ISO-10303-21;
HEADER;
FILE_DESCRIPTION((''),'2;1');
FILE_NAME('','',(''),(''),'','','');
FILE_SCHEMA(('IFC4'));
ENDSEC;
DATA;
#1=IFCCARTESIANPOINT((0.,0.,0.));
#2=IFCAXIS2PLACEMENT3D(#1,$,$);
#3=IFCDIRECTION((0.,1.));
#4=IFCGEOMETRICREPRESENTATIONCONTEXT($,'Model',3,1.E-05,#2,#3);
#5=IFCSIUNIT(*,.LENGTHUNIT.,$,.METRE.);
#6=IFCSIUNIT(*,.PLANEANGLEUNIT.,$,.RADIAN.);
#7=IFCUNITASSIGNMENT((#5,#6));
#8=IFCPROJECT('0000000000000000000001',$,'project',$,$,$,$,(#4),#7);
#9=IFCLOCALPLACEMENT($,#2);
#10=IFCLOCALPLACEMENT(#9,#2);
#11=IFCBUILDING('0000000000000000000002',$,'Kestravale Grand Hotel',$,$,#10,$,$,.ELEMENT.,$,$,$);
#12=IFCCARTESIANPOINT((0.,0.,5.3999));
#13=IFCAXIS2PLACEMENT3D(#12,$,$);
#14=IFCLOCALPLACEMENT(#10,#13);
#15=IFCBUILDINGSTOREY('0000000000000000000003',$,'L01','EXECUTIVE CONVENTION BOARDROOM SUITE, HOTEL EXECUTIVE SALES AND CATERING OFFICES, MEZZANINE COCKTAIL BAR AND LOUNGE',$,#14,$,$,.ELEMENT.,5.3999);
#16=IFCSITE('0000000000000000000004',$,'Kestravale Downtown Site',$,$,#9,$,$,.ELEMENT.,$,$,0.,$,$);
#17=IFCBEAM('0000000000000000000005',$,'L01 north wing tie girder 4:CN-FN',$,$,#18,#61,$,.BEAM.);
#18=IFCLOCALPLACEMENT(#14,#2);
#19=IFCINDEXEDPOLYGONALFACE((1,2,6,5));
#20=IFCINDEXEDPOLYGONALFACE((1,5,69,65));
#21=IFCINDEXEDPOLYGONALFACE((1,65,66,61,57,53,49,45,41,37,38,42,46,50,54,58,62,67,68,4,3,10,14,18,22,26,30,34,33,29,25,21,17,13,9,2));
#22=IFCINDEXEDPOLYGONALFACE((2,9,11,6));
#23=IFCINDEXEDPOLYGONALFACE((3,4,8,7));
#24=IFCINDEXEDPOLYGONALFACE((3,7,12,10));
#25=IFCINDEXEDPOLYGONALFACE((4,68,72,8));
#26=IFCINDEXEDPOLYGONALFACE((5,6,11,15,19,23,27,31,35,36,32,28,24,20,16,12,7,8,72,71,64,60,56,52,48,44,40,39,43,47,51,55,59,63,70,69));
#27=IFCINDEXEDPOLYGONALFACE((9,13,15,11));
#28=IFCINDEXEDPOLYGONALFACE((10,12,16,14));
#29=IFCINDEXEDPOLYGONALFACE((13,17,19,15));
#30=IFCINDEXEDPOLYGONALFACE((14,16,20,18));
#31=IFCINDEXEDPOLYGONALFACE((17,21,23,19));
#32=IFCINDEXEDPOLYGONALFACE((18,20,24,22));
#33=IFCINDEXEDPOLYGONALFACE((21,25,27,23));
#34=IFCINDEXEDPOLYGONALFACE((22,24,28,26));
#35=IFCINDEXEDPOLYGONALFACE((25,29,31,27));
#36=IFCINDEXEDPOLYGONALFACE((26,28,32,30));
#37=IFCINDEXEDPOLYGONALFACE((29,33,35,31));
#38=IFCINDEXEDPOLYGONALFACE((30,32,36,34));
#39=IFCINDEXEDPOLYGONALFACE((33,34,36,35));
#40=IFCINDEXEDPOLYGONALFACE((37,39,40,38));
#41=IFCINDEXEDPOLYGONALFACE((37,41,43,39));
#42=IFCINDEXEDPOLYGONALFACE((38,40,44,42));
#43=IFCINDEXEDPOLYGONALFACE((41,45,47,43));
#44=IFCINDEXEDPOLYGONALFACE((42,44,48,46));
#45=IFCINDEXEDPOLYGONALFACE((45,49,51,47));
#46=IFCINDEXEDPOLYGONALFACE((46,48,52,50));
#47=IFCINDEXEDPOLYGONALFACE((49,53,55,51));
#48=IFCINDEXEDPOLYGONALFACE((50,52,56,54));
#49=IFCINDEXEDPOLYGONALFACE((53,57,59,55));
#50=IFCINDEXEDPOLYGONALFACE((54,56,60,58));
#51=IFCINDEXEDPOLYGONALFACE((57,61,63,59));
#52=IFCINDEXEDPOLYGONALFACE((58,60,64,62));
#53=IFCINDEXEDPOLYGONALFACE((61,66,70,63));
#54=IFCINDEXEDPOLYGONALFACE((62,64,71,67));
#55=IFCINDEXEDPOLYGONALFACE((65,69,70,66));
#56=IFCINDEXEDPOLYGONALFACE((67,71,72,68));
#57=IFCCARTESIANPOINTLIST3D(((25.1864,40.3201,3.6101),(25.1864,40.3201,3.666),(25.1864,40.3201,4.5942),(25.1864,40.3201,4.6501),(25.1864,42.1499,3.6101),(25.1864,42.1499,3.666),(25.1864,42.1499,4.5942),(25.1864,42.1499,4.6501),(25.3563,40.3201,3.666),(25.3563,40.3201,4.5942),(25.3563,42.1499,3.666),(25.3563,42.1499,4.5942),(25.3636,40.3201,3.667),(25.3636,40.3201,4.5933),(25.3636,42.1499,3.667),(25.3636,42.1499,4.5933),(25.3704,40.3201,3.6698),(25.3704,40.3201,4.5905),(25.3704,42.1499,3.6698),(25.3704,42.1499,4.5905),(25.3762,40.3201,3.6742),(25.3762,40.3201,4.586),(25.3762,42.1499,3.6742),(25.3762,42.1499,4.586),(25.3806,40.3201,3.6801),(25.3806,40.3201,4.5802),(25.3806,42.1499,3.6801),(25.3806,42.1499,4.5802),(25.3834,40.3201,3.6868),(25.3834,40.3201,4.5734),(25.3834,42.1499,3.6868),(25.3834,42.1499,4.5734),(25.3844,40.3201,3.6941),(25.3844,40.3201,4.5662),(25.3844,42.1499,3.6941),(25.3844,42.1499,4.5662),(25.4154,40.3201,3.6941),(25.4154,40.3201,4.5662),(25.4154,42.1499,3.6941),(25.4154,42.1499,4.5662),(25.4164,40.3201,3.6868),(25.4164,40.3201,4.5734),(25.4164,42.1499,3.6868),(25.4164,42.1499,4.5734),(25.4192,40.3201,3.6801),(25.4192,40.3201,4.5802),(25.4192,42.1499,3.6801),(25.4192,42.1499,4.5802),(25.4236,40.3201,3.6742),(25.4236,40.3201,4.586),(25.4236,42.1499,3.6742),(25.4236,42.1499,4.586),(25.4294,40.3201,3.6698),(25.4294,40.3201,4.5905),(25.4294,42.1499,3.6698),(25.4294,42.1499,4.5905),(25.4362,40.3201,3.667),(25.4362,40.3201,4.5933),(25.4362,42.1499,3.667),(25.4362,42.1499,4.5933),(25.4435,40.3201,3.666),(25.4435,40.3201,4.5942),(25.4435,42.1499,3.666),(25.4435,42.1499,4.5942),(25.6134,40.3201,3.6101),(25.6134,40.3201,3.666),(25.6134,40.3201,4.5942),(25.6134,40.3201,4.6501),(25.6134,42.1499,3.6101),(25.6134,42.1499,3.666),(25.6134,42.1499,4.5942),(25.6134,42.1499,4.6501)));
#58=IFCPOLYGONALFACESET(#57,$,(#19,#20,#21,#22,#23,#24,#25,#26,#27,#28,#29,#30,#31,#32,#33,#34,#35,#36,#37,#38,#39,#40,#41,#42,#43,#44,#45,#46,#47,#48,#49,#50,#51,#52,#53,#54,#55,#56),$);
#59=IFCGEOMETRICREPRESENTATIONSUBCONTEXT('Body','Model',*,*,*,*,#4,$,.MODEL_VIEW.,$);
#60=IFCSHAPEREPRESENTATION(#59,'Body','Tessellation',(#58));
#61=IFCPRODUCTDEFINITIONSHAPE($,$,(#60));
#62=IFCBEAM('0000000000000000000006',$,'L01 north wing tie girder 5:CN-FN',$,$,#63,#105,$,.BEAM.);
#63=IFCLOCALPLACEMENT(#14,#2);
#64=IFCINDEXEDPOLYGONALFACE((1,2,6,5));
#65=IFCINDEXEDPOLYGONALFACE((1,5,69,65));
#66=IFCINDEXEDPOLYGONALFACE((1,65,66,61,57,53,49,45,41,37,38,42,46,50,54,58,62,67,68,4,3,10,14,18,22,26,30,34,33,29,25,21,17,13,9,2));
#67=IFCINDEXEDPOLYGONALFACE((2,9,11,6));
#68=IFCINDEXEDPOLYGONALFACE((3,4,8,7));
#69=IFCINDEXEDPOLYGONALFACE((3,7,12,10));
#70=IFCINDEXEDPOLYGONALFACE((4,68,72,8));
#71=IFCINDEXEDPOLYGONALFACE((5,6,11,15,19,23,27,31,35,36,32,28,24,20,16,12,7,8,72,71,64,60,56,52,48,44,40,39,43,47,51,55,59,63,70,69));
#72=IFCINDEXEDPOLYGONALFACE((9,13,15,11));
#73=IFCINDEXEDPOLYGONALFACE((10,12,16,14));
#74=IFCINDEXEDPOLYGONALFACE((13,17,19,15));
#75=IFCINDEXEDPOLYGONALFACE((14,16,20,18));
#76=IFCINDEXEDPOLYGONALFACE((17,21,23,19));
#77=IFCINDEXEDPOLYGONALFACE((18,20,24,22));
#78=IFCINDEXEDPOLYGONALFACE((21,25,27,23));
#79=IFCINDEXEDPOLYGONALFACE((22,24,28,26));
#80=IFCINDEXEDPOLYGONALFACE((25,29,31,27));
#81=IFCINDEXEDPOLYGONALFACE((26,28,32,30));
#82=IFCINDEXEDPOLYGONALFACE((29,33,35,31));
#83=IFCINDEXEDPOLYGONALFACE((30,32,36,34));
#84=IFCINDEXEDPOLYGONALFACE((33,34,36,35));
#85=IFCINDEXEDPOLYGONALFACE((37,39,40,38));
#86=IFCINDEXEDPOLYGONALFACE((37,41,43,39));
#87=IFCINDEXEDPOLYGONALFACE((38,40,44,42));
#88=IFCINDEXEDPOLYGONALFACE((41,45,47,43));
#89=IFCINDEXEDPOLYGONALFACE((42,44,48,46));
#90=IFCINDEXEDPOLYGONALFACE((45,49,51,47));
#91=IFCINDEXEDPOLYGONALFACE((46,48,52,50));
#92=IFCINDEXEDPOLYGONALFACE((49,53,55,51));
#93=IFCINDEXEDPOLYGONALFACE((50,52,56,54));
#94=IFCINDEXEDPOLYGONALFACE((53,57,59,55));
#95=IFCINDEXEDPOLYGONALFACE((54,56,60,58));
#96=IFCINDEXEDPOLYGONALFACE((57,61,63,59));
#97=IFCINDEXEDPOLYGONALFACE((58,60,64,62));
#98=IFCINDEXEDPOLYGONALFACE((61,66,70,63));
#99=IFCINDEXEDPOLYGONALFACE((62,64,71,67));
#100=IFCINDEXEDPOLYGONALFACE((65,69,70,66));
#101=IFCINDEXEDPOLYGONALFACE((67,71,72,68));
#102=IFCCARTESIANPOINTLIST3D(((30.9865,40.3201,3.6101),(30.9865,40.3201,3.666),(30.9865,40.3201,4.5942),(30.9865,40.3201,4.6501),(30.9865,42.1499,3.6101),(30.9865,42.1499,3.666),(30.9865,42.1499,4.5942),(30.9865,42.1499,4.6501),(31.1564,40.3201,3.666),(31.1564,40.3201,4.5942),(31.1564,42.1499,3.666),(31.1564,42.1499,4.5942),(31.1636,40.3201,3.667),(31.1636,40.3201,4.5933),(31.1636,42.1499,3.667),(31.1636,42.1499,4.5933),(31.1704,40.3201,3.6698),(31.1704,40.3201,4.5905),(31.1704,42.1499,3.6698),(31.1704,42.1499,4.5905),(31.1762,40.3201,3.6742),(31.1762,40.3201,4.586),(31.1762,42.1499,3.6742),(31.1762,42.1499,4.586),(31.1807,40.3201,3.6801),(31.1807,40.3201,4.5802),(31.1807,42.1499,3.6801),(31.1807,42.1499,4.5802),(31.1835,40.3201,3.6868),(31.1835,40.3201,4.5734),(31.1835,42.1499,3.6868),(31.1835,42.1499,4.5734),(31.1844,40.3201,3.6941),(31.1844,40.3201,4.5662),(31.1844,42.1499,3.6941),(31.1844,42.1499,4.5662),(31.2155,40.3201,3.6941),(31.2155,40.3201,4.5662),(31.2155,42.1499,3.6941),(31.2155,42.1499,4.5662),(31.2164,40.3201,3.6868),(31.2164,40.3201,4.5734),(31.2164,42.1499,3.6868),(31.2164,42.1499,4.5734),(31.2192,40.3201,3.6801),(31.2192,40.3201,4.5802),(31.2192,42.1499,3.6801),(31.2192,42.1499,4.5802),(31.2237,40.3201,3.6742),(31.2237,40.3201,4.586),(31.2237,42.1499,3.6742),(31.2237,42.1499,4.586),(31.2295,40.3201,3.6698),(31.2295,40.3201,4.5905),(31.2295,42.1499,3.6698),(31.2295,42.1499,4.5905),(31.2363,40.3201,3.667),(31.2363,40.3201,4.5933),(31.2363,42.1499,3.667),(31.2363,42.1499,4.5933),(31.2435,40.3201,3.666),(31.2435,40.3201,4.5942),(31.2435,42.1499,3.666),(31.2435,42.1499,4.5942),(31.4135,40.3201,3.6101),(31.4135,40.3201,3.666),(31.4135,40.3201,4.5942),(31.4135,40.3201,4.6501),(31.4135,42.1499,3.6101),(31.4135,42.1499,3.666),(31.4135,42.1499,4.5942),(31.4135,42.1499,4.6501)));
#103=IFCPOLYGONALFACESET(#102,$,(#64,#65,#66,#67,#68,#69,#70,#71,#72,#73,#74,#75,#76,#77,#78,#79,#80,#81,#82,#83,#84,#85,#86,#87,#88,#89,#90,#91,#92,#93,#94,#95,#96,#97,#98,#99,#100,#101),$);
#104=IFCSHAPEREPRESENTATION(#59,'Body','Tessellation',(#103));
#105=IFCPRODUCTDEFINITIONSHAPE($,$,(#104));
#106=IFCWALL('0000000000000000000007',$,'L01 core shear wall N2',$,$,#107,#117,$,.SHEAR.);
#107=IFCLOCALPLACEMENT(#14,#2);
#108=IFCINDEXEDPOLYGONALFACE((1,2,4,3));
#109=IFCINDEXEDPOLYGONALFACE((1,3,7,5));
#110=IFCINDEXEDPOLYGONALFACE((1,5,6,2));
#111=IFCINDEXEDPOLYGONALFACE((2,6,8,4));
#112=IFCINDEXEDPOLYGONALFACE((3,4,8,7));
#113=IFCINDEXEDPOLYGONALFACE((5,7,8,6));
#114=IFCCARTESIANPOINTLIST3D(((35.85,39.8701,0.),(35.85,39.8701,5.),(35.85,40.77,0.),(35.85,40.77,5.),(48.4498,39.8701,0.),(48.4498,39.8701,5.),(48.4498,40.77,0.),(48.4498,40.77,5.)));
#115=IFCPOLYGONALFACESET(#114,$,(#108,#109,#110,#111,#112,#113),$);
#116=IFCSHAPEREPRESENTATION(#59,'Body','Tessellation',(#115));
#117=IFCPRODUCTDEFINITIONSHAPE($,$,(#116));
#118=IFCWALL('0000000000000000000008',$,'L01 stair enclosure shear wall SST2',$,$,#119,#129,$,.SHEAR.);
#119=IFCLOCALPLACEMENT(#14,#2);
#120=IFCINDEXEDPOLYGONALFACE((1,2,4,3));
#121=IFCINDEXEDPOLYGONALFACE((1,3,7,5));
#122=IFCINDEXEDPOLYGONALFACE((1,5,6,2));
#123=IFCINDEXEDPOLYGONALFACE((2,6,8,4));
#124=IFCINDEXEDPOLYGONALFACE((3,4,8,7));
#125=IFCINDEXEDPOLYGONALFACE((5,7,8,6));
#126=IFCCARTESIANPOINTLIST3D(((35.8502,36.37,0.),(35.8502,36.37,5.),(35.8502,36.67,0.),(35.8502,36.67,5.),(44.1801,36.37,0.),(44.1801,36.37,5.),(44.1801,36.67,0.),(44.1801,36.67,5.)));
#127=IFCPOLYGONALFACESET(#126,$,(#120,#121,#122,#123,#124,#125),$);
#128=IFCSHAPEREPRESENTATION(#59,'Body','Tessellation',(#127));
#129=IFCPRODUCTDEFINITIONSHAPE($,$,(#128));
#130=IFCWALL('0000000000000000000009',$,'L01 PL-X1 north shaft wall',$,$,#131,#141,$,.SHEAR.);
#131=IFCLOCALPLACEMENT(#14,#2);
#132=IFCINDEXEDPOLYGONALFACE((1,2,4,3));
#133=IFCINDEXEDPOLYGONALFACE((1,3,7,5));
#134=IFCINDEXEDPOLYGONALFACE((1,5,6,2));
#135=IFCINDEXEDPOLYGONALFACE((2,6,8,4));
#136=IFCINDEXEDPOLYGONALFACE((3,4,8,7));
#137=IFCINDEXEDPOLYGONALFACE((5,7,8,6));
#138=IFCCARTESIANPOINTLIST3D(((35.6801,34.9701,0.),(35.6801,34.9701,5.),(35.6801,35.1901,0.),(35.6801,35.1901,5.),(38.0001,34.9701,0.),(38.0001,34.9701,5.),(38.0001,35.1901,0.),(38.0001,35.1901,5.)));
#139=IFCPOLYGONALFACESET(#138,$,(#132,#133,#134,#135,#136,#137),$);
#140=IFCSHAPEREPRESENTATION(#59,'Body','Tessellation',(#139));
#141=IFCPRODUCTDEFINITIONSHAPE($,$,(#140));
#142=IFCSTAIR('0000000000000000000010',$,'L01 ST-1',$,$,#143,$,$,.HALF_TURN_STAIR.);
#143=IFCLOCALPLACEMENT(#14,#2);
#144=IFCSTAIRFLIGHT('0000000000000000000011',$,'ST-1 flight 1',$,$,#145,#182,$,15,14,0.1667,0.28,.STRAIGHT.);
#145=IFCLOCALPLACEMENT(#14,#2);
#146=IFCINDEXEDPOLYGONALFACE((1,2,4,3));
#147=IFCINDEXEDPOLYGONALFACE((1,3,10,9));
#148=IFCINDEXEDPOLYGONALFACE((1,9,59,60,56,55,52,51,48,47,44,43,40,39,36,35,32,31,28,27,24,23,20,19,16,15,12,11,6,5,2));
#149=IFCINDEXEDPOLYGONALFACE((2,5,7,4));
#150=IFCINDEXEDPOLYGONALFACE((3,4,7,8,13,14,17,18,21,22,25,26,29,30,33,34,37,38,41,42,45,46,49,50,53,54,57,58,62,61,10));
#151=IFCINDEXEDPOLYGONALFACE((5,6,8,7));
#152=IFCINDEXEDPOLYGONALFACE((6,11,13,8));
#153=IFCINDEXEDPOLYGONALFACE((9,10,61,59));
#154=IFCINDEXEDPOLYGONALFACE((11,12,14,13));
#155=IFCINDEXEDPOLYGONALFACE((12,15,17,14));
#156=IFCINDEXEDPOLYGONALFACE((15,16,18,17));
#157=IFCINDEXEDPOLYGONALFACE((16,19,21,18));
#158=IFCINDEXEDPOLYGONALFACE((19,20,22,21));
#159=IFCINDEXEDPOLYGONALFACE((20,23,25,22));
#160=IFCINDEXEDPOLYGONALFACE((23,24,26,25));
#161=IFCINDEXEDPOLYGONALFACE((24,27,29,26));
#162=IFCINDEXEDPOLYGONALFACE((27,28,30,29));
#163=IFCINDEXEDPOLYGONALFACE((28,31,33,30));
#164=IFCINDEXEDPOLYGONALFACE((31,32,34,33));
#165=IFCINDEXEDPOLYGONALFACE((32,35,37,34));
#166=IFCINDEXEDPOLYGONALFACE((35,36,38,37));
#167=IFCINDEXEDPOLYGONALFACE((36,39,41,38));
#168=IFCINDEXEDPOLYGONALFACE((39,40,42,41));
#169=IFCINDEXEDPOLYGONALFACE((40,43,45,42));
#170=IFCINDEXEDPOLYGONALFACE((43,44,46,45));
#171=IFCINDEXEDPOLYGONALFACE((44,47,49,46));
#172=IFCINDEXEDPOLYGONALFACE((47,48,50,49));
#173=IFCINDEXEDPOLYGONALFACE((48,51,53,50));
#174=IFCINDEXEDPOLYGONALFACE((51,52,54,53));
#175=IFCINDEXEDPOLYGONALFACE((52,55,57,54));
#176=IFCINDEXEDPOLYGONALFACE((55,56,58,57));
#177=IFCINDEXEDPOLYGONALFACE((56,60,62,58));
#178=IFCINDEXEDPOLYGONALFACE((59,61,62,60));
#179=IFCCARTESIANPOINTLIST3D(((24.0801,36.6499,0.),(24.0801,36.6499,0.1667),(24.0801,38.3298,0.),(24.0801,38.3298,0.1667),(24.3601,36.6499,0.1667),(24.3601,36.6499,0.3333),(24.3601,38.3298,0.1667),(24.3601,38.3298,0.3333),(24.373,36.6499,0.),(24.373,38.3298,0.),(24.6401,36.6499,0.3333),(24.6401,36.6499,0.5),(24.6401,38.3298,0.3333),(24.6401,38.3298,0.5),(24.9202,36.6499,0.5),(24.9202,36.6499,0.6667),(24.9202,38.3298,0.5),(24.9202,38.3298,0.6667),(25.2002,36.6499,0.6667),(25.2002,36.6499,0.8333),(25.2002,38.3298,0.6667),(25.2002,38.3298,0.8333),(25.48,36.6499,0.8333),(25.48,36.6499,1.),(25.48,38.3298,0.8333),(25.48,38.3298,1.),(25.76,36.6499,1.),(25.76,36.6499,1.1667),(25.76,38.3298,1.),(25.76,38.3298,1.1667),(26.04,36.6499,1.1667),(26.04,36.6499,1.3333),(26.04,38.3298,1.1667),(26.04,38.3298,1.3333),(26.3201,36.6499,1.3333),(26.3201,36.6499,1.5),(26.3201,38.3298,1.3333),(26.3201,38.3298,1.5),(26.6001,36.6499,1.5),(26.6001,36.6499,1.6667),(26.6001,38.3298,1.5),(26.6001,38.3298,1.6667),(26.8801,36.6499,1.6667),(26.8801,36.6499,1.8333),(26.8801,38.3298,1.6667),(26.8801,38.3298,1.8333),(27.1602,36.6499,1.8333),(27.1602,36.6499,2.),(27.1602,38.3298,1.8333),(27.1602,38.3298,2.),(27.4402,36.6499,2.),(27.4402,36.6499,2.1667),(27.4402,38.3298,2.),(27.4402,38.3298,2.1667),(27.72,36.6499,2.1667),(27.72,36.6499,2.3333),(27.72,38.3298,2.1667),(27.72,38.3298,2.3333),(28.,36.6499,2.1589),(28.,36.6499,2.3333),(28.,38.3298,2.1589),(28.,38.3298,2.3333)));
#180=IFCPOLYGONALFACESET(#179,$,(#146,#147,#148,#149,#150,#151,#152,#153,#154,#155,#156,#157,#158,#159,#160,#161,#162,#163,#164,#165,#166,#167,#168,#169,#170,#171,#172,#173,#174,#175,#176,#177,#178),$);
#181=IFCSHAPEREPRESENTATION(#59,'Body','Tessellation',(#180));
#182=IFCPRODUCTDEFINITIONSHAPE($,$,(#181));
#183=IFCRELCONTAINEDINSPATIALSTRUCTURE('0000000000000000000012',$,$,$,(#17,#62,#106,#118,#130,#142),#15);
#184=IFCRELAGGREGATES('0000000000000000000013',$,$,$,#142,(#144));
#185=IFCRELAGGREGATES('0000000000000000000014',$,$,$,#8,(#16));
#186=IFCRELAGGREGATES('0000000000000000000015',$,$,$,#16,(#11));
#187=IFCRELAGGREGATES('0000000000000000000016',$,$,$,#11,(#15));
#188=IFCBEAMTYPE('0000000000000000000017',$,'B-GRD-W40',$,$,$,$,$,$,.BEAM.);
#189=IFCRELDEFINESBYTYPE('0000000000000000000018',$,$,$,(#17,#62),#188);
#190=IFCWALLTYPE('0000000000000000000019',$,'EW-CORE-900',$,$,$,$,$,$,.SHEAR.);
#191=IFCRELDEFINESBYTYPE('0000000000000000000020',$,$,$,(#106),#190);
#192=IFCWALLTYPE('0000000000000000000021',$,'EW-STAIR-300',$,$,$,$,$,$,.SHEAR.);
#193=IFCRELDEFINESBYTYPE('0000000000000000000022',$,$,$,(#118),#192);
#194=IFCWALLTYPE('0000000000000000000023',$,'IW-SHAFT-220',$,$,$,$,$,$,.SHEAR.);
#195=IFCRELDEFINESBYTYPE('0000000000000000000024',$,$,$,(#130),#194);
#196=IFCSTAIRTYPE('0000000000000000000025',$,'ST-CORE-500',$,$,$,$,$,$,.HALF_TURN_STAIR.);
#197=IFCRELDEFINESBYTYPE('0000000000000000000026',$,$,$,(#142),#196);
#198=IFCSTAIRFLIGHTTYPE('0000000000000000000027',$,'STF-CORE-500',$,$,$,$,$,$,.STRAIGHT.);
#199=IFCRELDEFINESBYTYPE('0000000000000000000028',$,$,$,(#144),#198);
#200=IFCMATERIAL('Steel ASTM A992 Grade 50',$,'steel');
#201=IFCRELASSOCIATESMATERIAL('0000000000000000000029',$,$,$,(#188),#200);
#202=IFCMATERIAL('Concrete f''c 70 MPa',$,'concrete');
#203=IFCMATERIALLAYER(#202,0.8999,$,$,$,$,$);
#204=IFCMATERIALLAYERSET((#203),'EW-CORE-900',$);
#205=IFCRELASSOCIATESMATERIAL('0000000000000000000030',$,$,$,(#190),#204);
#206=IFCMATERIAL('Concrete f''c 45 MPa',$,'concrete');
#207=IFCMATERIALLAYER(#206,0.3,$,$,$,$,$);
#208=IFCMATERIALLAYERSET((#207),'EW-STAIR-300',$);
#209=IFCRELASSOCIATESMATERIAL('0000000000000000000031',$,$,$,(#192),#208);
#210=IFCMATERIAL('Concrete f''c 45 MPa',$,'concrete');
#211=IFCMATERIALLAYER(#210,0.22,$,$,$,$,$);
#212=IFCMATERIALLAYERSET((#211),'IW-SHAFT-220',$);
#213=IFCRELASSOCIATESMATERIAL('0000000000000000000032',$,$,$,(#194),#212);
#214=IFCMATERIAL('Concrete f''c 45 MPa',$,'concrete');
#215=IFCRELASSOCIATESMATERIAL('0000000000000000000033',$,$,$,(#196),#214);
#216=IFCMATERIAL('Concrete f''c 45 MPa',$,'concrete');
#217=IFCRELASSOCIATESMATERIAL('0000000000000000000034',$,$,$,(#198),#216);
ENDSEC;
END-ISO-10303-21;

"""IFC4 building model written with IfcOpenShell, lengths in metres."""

from ifc_helpers import new_model, si_unit, direction, frame, frame_2d, origin, origin_2d, place, context, subcontext, project, spatial, polyline, rectangle, i_section, outline, extrude, material, layer, layer_set, material_profile, profile_set, type_object, element, aggregate, save


model = new_model("IFC4")

# Units and contexts
model_context = context("Model", 3, precision=1e-05, world=origin(), true_north=direction((0.0, 1.0)))
body_context = subcontext(model_context, "Body", "Model", "MODEL_VIEW")
ifc_project = project(units=[si_unit("LENGTHUNIT", "METRE"), si_unit("PLANEANGLEUNIT", "RADIAN")], contexts=[model_context])

# Site, building, storey
site_placement = place(None, origin())
site = spatial("IfcSite", under=ifc_project, at=site_placement, Name="Kestravale Downtown Site", CompositionType="ELEMENT", RefElevation=0.0)
building_placement = place(site_placement, origin())
building = spatial("IfcBuilding", under=site, at=building_placement, Name="Kestravale Grand Hotel", CompositionType="ELEMENT")
storey_placement = place(building_placement, frame((0.0, 0.0, 5.3999)))
storey = spatial("IfcBuildingStorey", under=building, at=storey_placement, Name="L01", Description="EXECUTIVE CONVENTION BOARDROOM SUITE, HOTEL EXECUTIVE SALES AND CATERING OFFICES, MEZZANINE COCKTAIL BAR AND LOUNGE", CompositionType="ELEMENT", Elevation=5.3999)

# Beams
ifc_material_1 = material(Name="Steel ASTM A992 Grade 50", Category="steel")
ifc_material_profile_1 = material_profile(ifc_material_1, i_section(OverallWidth=0.427, OverallDepth=1.04, WebThickness=0.031, FlangeThickness=0.0559, FilletRadius=0.0281, at=origin_2d()))
ifc_profile_set_1 = profile_set([ifc_material_profile_1], Name="Steel ASTM A992 Grade 50")
beam_type_1 = type_object("IfcBeamType", Name="B-GRD-W40", PredefinedType="BEAM", material=ifc_profile_set_1)
for number, where, z_axis, x_axis, name in (
    (1, (25.3999, 40.3201, 4.1301), (0.0, 1.0, 0.0), (-1.0, 0.0, 0.0), "L01 north wing tie girder 4:CN-FN"),
    (2, (31.2, 40.3201, 4.1301), (0.0, 1.0, 0.0), (-1.0, 0.0, 0.0), "L01 north wing tie girder 5:CN-FN"),
):
    element("IfcBeam", number, at=place(storey_placement, frame(where, z_axis=z_axis, x_axis=x_axis)), inside=storey, type_object=beam_type_1, Name=name, PredefinedType="BEAM", context=body_context, shape_type="SweptSolid", body=[
        extrude(i_section(OverallWidth=0.427, OverallDepth=1.04, WebThickness=0.031, FlangeThickness=0.0559, FilletRadius=0.0281, at=origin_2d()), origin(), (0.0, 0.0, 1.0), 1.8298),
    ])

# Wall
ifc_material_2 = material(Name="Concrete f'c 70 MPa", Category="concrete")
ifc_layer_1 = layer(ifc_material_2, 0.8999)
ifc_layer_set_1 = layer_set([ifc_layer_1], Name="EW-CORE-900")
wall_type_1 = type_object("IfcWallType", Name="EW-CORE-900", PredefinedType="SHEAR", material=ifc_layer_set_1)
wall_1_placement = place(storey_placement, frame((35.8501, 40.3201, 0.0), z_axis=(0.0, 0.0, 1.0), x_axis=(1.0, 0.0, 0.0)))
element("IfcWall", 3, at=wall_1_placement, inside=storey, type_object=wall_type_1, Name="L01 core shear wall N2", PredefinedType="SHEAR", context=body_context, shape_type="SweptSolid", body=[
    extrude(rectangle(XDim=12.5999, YDim=0.8999, at=frame_2d((6.2998, 0.0))), origin(), (0.0, 0.0, 1.0), 5.0),
])

# Wall
ifc_material_3 = material(Name="Concrete f'c 45 MPa", Category="concrete")
ifc_layer_2 = layer(ifc_material_3, 0.3)
ifc_layer_set_2 = layer_set([ifc_layer_2], Name="EW-STAIR-300")
wall_type_2 = type_object("IfcWallType", Name="EW-STAIR-300", PredefinedType="SHEAR", material=ifc_layer_set_2)
wall_2_placement = place(storey_placement, frame((35.8501, 36.52, 0.0), z_axis=(0.0, 0.0, 1.0), x_axis=(1.0, 0.0, 0.0)))
element("IfcWall", 4, at=wall_2_placement, inside=storey, type_object=wall_type_2, Name="L01 stair enclosure shear wall SST2", PredefinedType="SHEAR", context=body_context, shape_type="SweptSolid", body=[
    extrude(rectangle(XDim=8.3298, YDim=0.3, at=frame_2d((4.165, 0.0))), origin(), (0.0, 0.0, 1.0), 5.0),
])

# Wall
ifc_material_4 = material(Name="Concrete f'c 45 MPa", Category="concrete")
ifc_layer_3 = layer(ifc_material_4, 0.22)
ifc_layer_set_3 = layer_set([ifc_layer_3], Name="IW-SHAFT-220")
wall_type_3 = type_object("IfcWallType", Name="IW-SHAFT-220", PredefinedType="SHEAR", material=ifc_layer_set_3)
wall_3_placement = place(storey_placement, frame((35.6799, 35.0801, 0.0), z_axis=(0.0, 0.0, 1.0), x_axis=(1.0, 0.0, 0.0)))
element("IfcWall", 5, at=wall_3_placement, inside=storey, type_object=wall_type_3, Name="L01 PL-X1 north shaft wall", PredefinedType="SHEAR", context=body_context, shape_type="SweptSolid", body=[
    extrude(rectangle(XDim=2.3201, YDim=0.22, at=frame_2d((1.1602, 0.0))), origin(), (0.0, 0.0, 1.0), 5.0),
])

# Stair, stair flight
ifc_material_5 = material(Name="Concrete f'c 45 MPa", Category="concrete")
stair_type = type_object("IfcStairType", Name="ST-CORE-500", PredefinedType="HALF_TURN_STAIR", material=ifc_material_5)
stair_placement = place(storey_placement, origin())
stair = element("IfcStair", 6, at=stair_placement, inside=storey, type_object=stair_type, Name="L01 ST-1", PredefinedType="HALF_TURN_STAIR")
ifc_material_6 = material(Name="Concrete f'c 45 MPa", Category="concrete")
stair_flight_type = type_object("IfcStairFlightType", Name="STF-CORE-500", PredefinedType="STRAIGHT", material=ifc_material_6)
stair_flight_1_placement = place(storey_placement, frame((24.0801, 37.49, 0.0), z_axis=(0.0, 0.0, 1.0), x_axis=(1.0, 0.0, 0.0)))
stair_flight_1 = element("IfcStairFlight", 7, at=stair_flight_1_placement, type_object=stair_flight_type, Name="ST-1 flight 1", NumberOfRisers=15, NumberOfTreads=14, PredefinedType="STRAIGHT", RiserHeight=0.1667, TreadLength=0.28, context=body_context, shape_type="SweptSolid", body=[
    extrude(outline(polyline([(0.0, 0.0), (0.0, 0.1667), (0.28, 0.1667), (0.28, 0.3333), (0.5601, 0.3333), (0.5601, 0.5), (0.8401, 0.5), (0.8401, 0.6667), (1.1201, 0.6667), (1.1201, 0.8333), (1.3999, 0.8333), (1.3999, 1.0), (1.6799, 1.0), (1.6799, 1.1667), (1.96, 1.1667), (1.96, 1.3333), (2.24, 1.3333), (2.24, 1.5), (2.52, 1.5), (2.52, 1.6667), (2.8, 1.6667), (2.8, 1.8333), (3.0801, 1.8333), (3.0801, 2.0), (3.3601, 2.0), (3.3601, 2.1667), (3.6399, 2.1667), (3.6399, 2.3333), (3.9199, 2.3333), (3.9199, 2.5), (3.9199, 2.1589), (0.293, 0.0), (0.0, 0.0)])), frame((0.0, 0.8398, 0.0), z_axis=(0.0, -1.0, 0.0), x_axis=(1.0, 0.0, 0.0)), (0.0, 0.0, 1.0), 1.6799),
])
aggregate(stair, [stair_flight_1])

save(model, "model.ifc")
